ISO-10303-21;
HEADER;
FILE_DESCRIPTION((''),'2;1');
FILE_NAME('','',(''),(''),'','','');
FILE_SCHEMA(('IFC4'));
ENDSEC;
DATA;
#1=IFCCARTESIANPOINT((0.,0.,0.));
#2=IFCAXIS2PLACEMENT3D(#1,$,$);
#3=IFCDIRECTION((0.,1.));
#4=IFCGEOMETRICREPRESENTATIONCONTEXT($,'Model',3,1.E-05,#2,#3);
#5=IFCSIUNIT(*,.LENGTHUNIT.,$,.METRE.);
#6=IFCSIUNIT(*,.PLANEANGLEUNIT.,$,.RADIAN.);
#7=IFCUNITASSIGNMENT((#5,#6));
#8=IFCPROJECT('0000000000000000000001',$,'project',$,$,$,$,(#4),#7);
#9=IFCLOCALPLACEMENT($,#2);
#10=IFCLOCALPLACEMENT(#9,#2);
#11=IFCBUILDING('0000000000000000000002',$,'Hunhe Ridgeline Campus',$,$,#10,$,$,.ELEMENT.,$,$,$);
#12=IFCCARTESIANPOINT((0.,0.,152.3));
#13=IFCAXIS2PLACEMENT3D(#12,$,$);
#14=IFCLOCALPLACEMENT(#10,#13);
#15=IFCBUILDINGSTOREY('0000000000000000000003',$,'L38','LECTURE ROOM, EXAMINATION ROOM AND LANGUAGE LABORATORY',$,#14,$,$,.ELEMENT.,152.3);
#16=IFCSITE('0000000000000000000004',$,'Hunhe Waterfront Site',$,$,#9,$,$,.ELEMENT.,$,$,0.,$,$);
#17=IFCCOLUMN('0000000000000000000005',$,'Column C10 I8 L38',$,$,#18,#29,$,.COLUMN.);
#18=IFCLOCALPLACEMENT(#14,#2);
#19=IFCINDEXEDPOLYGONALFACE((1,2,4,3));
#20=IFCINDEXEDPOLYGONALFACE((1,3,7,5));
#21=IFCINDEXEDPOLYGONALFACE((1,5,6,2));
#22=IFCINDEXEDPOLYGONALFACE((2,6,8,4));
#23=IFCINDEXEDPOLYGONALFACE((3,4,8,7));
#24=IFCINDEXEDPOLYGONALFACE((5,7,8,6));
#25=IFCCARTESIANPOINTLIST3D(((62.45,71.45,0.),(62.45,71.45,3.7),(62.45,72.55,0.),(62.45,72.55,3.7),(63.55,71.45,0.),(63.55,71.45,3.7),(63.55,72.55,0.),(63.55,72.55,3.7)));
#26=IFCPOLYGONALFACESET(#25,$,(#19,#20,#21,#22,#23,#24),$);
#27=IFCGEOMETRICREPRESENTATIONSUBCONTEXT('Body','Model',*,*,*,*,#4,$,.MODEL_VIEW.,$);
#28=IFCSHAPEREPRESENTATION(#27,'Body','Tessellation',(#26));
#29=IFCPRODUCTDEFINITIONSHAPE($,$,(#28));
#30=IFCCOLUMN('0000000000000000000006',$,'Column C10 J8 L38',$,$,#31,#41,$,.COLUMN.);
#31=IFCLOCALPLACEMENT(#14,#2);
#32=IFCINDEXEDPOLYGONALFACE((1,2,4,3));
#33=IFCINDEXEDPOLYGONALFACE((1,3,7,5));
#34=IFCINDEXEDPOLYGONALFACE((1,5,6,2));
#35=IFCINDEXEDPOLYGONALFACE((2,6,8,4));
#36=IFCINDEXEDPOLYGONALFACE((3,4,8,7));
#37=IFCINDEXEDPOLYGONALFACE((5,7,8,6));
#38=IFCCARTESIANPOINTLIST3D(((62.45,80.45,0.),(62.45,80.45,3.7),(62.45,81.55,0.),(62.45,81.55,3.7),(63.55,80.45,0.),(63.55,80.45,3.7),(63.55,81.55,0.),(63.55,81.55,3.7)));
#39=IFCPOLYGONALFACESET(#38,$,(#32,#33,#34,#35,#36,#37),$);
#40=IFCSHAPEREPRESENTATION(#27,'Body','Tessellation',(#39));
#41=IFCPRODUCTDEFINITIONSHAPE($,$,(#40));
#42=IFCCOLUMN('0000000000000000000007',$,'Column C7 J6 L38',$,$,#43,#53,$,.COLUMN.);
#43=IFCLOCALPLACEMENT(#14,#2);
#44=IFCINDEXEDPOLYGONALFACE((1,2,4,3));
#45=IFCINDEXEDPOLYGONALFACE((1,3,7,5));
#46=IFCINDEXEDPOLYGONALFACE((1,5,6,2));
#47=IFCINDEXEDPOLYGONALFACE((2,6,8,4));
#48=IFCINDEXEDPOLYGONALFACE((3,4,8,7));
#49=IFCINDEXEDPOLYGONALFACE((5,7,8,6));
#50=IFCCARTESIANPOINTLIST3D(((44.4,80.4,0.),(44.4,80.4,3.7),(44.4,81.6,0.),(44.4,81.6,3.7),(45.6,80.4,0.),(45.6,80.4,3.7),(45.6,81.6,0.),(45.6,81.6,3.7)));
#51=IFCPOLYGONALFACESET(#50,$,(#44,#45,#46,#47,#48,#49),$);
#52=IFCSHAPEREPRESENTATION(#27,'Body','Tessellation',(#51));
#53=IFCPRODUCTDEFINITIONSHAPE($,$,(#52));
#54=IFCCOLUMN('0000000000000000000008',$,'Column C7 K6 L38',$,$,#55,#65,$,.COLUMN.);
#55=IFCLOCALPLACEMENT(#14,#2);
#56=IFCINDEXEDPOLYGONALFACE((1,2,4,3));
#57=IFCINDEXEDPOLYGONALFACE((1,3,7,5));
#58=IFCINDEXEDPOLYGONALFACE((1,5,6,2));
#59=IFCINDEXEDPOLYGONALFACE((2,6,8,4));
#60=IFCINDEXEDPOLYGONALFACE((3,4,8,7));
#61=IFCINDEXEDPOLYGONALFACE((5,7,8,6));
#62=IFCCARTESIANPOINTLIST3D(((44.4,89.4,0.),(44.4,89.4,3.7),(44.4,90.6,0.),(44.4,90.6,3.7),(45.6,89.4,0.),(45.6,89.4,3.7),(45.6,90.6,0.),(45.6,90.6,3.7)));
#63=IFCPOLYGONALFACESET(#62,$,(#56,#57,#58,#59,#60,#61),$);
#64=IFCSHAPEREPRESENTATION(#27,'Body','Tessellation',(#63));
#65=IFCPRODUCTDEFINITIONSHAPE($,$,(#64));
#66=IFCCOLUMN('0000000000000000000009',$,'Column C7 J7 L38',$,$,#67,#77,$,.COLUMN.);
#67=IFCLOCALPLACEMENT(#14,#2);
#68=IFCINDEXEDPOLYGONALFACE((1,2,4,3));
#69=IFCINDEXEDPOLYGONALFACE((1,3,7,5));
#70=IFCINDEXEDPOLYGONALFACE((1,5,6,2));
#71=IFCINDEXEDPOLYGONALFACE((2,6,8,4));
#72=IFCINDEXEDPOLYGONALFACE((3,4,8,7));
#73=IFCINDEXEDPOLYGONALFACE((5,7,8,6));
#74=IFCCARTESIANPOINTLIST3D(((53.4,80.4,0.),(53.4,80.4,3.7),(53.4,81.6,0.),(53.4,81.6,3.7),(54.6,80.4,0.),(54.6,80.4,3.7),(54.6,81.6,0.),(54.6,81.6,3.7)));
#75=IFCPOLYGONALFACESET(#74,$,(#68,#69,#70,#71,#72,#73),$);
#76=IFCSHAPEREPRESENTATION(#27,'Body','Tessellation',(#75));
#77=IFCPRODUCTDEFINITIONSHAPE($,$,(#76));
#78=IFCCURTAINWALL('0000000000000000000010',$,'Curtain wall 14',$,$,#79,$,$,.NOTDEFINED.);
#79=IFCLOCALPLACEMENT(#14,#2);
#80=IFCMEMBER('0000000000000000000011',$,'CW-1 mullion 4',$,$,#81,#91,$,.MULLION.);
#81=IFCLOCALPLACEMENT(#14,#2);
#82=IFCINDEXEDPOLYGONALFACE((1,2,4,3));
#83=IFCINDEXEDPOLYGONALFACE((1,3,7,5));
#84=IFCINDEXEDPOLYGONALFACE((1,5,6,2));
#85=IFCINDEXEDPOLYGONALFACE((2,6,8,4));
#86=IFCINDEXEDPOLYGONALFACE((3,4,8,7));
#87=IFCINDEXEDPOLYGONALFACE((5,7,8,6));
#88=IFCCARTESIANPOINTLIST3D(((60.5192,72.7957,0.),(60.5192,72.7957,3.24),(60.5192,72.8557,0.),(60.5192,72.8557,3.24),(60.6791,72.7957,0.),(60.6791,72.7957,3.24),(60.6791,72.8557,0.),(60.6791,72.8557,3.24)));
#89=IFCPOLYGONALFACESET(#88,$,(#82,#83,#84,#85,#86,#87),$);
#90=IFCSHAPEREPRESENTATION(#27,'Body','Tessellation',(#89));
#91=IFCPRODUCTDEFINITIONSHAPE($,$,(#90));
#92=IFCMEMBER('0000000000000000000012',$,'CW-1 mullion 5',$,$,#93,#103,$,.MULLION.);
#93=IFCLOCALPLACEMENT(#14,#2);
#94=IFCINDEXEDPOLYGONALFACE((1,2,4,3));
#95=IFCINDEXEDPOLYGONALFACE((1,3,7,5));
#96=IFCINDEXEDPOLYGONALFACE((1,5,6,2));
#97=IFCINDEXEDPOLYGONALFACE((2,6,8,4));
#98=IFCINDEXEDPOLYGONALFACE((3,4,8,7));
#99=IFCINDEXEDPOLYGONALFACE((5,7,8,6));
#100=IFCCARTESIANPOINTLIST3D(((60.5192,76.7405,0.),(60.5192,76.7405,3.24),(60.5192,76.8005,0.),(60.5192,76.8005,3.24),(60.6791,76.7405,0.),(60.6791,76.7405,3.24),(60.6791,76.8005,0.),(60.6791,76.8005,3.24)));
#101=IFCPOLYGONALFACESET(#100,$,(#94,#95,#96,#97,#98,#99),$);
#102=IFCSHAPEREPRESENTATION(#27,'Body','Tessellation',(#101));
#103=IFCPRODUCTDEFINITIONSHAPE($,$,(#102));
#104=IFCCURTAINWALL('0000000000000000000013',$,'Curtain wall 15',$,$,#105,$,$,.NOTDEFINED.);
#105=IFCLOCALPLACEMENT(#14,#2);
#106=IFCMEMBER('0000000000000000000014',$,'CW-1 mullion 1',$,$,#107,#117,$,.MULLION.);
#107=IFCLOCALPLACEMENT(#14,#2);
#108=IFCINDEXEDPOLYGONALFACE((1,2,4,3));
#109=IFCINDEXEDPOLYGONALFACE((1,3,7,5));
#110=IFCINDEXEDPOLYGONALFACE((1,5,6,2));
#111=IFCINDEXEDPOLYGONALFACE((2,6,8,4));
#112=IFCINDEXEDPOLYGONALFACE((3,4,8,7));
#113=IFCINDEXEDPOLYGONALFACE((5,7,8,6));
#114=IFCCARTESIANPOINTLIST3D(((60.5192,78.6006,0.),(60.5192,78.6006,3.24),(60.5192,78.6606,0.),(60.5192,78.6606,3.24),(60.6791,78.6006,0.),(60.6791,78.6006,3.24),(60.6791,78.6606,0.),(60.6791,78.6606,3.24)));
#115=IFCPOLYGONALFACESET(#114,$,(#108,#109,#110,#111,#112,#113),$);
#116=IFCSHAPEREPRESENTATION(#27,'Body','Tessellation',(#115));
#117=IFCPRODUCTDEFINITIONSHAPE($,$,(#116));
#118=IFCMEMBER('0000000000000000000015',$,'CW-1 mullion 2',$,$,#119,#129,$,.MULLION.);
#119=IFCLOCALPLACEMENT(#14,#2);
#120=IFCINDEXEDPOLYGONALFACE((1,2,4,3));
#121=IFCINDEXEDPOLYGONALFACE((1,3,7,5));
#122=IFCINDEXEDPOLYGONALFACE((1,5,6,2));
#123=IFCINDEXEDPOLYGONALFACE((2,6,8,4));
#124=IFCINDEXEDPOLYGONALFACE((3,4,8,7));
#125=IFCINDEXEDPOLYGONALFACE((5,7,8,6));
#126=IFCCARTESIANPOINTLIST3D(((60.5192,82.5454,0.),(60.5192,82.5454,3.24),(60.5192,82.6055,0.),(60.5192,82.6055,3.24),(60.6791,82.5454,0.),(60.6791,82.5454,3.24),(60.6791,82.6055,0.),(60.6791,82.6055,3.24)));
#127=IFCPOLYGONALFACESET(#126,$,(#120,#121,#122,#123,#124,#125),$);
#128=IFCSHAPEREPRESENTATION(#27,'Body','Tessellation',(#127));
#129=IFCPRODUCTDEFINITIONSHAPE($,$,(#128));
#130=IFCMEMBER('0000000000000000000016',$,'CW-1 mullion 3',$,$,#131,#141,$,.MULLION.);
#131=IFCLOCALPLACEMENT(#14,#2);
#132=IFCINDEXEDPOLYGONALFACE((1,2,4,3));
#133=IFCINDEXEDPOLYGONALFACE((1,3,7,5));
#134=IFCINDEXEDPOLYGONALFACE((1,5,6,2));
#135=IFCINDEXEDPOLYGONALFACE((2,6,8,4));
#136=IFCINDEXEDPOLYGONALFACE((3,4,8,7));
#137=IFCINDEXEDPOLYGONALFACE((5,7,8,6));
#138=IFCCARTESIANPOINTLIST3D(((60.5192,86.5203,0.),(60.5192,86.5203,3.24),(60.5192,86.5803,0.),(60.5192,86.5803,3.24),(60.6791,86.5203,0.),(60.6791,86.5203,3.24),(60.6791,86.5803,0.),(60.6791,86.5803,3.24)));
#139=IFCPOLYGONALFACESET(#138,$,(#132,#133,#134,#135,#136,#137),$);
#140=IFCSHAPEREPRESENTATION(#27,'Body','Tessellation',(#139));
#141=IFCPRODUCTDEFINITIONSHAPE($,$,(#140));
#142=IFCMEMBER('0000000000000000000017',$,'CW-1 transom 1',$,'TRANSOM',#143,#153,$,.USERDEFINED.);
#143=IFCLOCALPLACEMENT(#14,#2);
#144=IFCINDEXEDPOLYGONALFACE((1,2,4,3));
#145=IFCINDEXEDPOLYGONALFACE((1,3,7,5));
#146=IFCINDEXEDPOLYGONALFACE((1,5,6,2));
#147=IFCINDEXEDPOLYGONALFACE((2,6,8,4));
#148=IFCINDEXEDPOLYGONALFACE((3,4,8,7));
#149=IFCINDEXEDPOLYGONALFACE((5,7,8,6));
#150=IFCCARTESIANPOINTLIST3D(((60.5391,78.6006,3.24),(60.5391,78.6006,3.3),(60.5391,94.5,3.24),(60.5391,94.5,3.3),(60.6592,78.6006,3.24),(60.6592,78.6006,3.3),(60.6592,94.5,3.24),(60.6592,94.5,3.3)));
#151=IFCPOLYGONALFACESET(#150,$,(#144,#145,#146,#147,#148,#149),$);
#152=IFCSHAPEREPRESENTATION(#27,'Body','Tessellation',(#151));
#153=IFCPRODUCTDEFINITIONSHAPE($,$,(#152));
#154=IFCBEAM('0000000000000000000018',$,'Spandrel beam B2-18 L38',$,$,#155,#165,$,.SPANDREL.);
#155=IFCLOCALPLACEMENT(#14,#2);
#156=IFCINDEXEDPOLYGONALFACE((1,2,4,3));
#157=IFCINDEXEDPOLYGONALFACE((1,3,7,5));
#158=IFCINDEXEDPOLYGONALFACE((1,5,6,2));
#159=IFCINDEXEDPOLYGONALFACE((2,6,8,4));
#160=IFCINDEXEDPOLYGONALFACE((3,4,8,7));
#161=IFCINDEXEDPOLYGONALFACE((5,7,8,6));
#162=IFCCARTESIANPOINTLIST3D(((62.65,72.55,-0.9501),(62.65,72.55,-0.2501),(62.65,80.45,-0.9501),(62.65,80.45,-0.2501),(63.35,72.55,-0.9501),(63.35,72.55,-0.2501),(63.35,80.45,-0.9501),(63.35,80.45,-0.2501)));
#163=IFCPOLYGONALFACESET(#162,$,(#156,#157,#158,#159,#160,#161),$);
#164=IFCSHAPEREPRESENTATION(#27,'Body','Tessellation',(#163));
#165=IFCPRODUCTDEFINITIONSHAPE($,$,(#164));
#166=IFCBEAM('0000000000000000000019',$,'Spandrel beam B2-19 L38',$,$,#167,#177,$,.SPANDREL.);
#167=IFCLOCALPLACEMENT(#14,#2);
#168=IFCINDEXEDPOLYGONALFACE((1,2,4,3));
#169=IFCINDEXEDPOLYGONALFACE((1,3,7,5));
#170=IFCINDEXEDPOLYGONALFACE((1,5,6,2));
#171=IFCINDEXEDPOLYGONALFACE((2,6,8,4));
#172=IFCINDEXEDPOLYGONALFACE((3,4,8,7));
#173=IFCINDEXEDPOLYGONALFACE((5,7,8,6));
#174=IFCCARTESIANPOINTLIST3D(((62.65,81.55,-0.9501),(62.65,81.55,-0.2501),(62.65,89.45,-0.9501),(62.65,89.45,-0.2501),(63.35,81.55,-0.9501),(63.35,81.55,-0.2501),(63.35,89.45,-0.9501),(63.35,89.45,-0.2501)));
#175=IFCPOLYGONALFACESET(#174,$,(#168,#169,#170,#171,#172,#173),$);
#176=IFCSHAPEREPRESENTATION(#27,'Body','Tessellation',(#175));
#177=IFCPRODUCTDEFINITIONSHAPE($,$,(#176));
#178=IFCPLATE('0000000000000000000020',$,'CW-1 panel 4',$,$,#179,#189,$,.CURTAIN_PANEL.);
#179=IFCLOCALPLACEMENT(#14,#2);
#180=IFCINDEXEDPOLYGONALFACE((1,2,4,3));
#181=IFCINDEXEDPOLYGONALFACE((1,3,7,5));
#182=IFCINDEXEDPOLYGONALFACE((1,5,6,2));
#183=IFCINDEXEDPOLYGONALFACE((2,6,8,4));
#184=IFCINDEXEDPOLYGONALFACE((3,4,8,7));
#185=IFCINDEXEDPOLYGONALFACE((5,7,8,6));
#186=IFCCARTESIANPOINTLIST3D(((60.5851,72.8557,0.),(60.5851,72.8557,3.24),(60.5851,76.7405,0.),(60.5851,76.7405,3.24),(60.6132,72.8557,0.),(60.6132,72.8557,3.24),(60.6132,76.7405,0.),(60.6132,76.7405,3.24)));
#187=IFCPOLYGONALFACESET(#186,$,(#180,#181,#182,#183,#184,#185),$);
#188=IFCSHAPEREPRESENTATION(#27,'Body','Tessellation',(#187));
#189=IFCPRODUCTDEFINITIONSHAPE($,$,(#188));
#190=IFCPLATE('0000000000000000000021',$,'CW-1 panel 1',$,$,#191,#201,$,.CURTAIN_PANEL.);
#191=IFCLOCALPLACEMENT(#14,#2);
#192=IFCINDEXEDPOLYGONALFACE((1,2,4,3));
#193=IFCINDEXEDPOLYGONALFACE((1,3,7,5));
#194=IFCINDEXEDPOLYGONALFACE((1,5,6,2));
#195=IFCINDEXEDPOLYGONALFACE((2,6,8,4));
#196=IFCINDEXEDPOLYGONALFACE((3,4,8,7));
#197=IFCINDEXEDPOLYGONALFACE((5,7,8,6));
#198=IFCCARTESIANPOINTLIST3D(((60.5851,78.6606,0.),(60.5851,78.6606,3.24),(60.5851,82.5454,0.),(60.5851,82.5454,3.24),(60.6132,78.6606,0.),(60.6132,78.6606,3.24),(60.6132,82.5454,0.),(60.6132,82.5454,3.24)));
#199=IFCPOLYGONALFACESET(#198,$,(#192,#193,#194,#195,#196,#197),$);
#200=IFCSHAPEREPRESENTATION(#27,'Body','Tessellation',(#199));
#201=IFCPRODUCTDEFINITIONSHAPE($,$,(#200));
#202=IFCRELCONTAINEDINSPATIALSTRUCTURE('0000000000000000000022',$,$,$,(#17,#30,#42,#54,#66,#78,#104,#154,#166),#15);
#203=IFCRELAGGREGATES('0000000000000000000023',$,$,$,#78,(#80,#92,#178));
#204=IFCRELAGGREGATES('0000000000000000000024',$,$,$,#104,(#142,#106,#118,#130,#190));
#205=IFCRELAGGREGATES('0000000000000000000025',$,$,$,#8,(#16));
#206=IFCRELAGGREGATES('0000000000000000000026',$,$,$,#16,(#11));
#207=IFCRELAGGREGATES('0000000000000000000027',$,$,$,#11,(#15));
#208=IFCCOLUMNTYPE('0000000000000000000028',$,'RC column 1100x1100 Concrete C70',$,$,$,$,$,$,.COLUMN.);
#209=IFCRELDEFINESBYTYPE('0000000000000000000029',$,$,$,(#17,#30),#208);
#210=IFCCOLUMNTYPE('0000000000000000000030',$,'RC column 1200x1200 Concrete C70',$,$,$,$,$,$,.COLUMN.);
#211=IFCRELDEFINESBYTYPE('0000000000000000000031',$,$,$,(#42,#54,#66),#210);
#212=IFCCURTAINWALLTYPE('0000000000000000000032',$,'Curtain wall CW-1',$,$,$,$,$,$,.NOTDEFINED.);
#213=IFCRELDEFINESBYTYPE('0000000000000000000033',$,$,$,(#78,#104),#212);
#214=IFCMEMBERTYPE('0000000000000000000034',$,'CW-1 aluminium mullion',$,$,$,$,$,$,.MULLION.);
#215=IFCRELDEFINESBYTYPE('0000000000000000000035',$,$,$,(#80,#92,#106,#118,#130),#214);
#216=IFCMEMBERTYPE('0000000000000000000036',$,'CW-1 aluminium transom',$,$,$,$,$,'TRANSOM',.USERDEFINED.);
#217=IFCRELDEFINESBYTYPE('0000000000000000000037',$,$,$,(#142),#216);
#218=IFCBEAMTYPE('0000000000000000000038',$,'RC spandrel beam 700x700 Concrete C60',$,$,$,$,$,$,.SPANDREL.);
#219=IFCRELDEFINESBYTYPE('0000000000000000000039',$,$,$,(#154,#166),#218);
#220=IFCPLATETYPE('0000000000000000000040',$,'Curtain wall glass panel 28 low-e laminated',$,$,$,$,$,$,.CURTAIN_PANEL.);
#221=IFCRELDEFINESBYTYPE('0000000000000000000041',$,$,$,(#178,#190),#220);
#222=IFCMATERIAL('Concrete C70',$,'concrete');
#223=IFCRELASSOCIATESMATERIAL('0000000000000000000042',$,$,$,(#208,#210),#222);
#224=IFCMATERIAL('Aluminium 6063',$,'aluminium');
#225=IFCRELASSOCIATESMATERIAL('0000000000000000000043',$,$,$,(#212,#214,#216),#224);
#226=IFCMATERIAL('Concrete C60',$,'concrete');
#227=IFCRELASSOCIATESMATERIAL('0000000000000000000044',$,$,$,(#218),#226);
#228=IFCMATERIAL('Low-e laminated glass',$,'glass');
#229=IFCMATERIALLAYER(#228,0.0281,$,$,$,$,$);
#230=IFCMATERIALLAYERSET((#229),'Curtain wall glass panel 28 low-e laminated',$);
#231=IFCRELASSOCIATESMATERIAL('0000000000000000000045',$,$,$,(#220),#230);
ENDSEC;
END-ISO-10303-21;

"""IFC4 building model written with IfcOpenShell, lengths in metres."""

from ifc_helpers import new_model, si_unit, direction, frame, origin, origin_2d, place, context, subcontext, project, spatial, rectangle, extrude, material, layer, layer_set, material_profile, profile_set, type_object, element, aggregate, save


model = new_model("IFC4")

# Units and contexts
model_context = context("Model", 3, precision=1e-05, world=origin(), true_north=direction((0.0, 1.0)))
body_context = subcontext(model_context, "Body", "Model", "MODEL_VIEW")
ifc_project = project(units=[si_unit("LENGTHUNIT", "METRE"), si_unit("PLANEANGLEUNIT", "RADIAN")], contexts=[model_context])

# Site, building, storey
site_placement = place(None, origin())
site = spatial("IfcSite", under=ifc_project, at=site_placement, Name="Hunhe Waterfront Site", CompositionType="ELEMENT", RefElevation=0.0)
building_placement = place(site_placement, origin())
building = spatial("IfcBuilding", under=site, at=building_placement, Name="Hunhe Ridgeline Campus", CompositionType="ELEMENT")
storey_placement = place(building_placement, frame((0.0, 0.0, 152.3)))
storey = spatial("IfcBuildingStorey", under=building, at=storey_placement, Name="L38", Description="LECTURE ROOM, EXAMINATION ROOM AND LANGUAGE LABORATORY", CompositionType="ELEMENT", Elevation=152.3)

# Columns
ifc_material_1 = material(Name="Concrete C70", Category="concrete")
ifc_material_profile_1 = material_profile(ifc_material_1, rectangle(XDim=1.1001, YDim=1.1001, at=origin_2d()))
ifc_profile_set_1 = profile_set([ifc_material_profile_1], Name="Concrete C70")
column_type_1 = type_object("IfcColumnType", Name="RC column 1100x1100 Concrete C70", PredefinedType="COLUMN", material=ifc_profile_set_1)
for number, where, z_axis, x_axis, name in (
    (1, (63.0, 72.0, 0.0), (0.0, 0.0, 1.0), (1.0, 0.0, 0.0), "Column C10 I8 L38"),
    (2, (63.0, 81.0, 0.0), (0.0, 0.0, 1.0), (1.0, 0.0, 0.0), "Column C10 J8 L38"),
):
    element("IfcColumn", number, at=place(storey_placement, frame(where, z_axis=z_axis, x_axis=x_axis)), inside=storey, type_object=column_type_1, Name=name, PredefinedType="COLUMN", context=body_context, shape_type="SweptSolid", body=[
        extrude(rectangle(XDim=1.1001, YDim=1.1001, at=origin_2d()), origin(), (0.0, 0.0, 1.0), 3.7),
    ])
ifc_material_profile_2 = material_profile(ifc_material_1, rectangle(XDim=1.2, YDim=1.2, at=origin_2d()))
ifc_profile_set_2 = profile_set([ifc_material_profile_2], Name="Concrete C70")
column_type_2 = type_object("IfcColumnType", Name="RC column 1200x1200 Concrete C70", PredefinedType="COLUMN", material=ifc_profile_set_2)
for number, where, z_axis, x_axis, name in (
    (3, (45.0, 81.0, 0.0), (0.0, 0.0, 1.0), (1.0, 0.0, 0.0), "Column C7 J6 L38"),
    (4, (45.0, 90.0, 0.0), (0.0, 0.0, 1.0), (1.0, 0.0, 0.0), "Column C7 K6 L38"),
    (5, (54.0, 81.0, 0.0), (0.0, 0.0, 1.0), (1.0, 0.0, 0.0), "Column C7 J7 L38"),
):
    element("IfcColumn", number, at=place(storey_placement, frame(where, z_axis=z_axis, x_axis=x_axis)), inside=storey, type_object=column_type_2, Name=name, PredefinedType="COLUMN", context=body_context, shape_type="SweptSolid", body=[
        extrude(rectangle(XDim=1.2, YDim=1.2, at=origin_2d()), origin(), (0.0, 0.0, 1.0), 3.7),
    ])

# Curtain walls, members
ifc_material_2 = material(Name="Aluminium 6063", Category="aluminium")
curtain_wall_type = type_object("IfcCurtainWallType", Name="Curtain wall CW-1", PredefinedType="NOTDEFINED", material=ifc_material_2)
curtain_wall_1_placement = place(storey_placement, origin())
curtain_wall_1 = element("IfcCurtainWall", 6, at=curtain_wall_1_placement, inside=storey, type_object=curtain_wall_type, Name="Curtain wall 14", PredefinedType="NOTDEFINED")
ifc_material_profile_3 = material_profile(ifc_material_2, rectangle(XDim=0.1599, YDim=0.0601, at=origin_2d()))
ifc_profile_set_3 = profile_set([ifc_material_profile_3], Name="Aluminium 6063")
member_type_1 = type_object("IfcMemberType", Name="CW-1 aluminium mullion", PredefinedType="MULLION", material=ifc_profile_set_3)
member_1_placement = place(storey_placement, frame((60.5991, 72.8257, 0.0), z_axis=(0.0, 0.0, 1.0), x_axis=(-1.0, 0.0, 0.0)))
member_1 = element("IfcMember", 7, at=member_1_placement, type_object=member_type_1, Name="CW-1 mullion 4", PredefinedType="MULLION", context=body_context, shape_type="SweptSolid", body=[
    extrude(rectangle(XDim=0.1599, YDim=0.0601, at=origin_2d()), origin(), (0.0, 0.0, 1.0), 3.24),
])
member_2_placement = place(storey_placement, frame((60.5991, 76.7705, 0.0), z_axis=(0.0, 0.0, 1.0), x_axis=(-1.0, 0.0, 0.0)))
member_2 = element("IfcMember", 8, at=member_2_placement, type_object=member_type_1, Name="CW-1 mullion 5", PredefinedType="MULLION", context=body_context, shape_type="SweptSolid", body=[
    extrude(rectangle(XDim=0.1599, YDim=0.0601, at=origin_2d()), origin(), (0.0, 0.0, 1.0), 3.24),
])
curtain_wall_2_placement = place(storey_placement, origin())
curtain_wall_2 = element("IfcCurtainWall", 9, at=curtain_wall_2_placement, inside=storey, type_object=curtain_wall_type, Name="Curtain wall 15", PredefinedType="NOTDEFINED")
member_3_placement = place(storey_placement, frame((60.5991, 78.6306, 0.0), z_axis=(0.0, 0.0, 1.0), x_axis=(-1.0, 0.0, 0.0)))
member_3 = element("IfcMember", 10, at=member_3_placement, type_object=member_type_1, Name="CW-1 mullion 1", PredefinedType="MULLION", context=body_context, shape_type="SweptSolid", body=[
    extrude(rectangle(XDim=0.1599, YDim=0.0601, at=origin_2d()), origin(), (0.0, 0.0, 1.0), 3.24),
])
member_4_placement = place(storey_placement, frame((60.5991, 82.5754, 0.0), z_axis=(0.0, 0.0, 1.0), x_axis=(-1.0, 0.0, 0.0)))
member_4 = element("IfcMember", 11, at=member_4_placement, type_object=member_type_1, Name="CW-1 mullion 2", PredefinedType="MULLION", context=body_context, shape_type="SweptSolid", body=[
    extrude(rectangle(XDim=0.1599, YDim=0.0601, at=origin_2d()), origin(), (0.0, 0.0, 1.0), 3.24),
])
member_5_placement = place(storey_placement, frame((60.5991, 86.5503, 0.0), z_axis=(0.0, 0.0, 1.0), x_axis=(-1.0, 0.0, 0.0)))
member_5 = element("IfcMember", 12, at=member_5_placement, type_object=member_type_1, Name="CW-1 mullion 3", PredefinedType="MULLION", context=body_context, shape_type="SweptSolid", body=[
    extrude(rectangle(XDim=0.1599, YDim=0.0601, at=origin_2d()), origin(), (0.0, 0.0, 1.0), 3.24),
])
ifc_material_profile_4 = material_profile(ifc_material_2, rectangle(XDim=0.1201, YDim=0.0601, at=origin_2d()))
ifc_profile_set_4 = profile_set([ifc_material_profile_4], Name="Aluminium 6063")
member_type_2 = type_object("IfcMemberType", Name="CW-1 aluminium transom", ElementType="TRANSOM", PredefinedType="USERDEFINED", material=ifc_profile_set_4)
member_6_placement = place(storey_placement, frame((60.5991, 78.6006, 3.27), z_axis=(0.0, 1.0, 0.0), x_axis=(-1.0, 0.0, 0.0)))
member_6 = element("IfcMember", 13, at=member_6_placement, type_object=member_type_2, Name="CW-1 transom 1", ObjectType="TRANSOM", PredefinedType="USERDEFINED", context=body_context, shape_type="SweptSolid", body=[
    extrude(rectangle(XDim=0.1201, YDim=0.0601, at=origin_2d()), origin(), (0.0, 0.0, 1.0), 15.8994),
])

# Beams
ifc_material_3 = material(Name="Concrete C60", Category="concrete")
ifc_material_profile_5 = material_profile(ifc_material_3, rectangle(XDim=0.7, YDim=0.7, at=origin_2d()))
ifc_profile_set_5 = profile_set([ifc_material_profile_5], Name="Concrete C60")
beam_type = type_object("IfcBeamType", Name="RC spandrel beam 700x700 Concrete C60", PredefinedType="SPANDREL", material=ifc_profile_set_5)
for number, where, z_axis, x_axis, name in (
    (14, (63.0, 72.55, -0.6001), (0.0, 1.0, 0.0), (-1.0, 0.0, 0.0), "Spandrel beam B2-18 L38"),
    (15, (63.0, 81.55, -0.6001), (0.0, 1.0, 0.0), (-1.0, 0.0, 0.0), "Spandrel beam B2-19 L38"),
):
    element("IfcBeam", number, at=place(storey_placement, frame(where, z_axis=z_axis, x_axis=x_axis)), inside=storey, type_object=beam_type, Name=name, PredefinedType="SPANDREL", context=body_context, shape_type="SweptSolid", body=[
        extrude(rectangle(XDim=0.7, YDim=0.7, at=origin_2d()), origin(), (0.0, 0.0, 1.0), 7.8999),
    ])

# Plates
ifc_material_4 = material(Name="Low-e laminated glass", Category="glass")
ifc_layer_1 = layer(ifc_material_4, 0.0281)
ifc_layer_set_1 = layer_set([ifc_layer_1], Name="Curtain wall glass panel 28 low-e laminated")
plate_type = type_object("IfcPlateType", Name="Curtain wall glass panel 28 low-e laminated", PredefinedType="CURTAIN_PANEL", material=ifc_layer_set_1)
plate_1_placement = place(storey_placement, frame((60.5991, 74.7981, 0.0), z_axis=(0.0, 0.0, 1.0), x_axis=(0.0, 1.0, 0.0)))
plate_1 = element("IfcPlate", 16, at=plate_1_placement, type_object=plate_type, Name="CW-1 panel 4", PredefinedType="CURTAIN_PANEL", context=body_context, shape_type="SweptSolid", body=[
    extrude(rectangle(XDim=3.8848, YDim=0.0281, at=origin_2d()), origin(), (0.0, 0.0, 1.0), 3.24),
])
aggregate(curtain_wall_1, [member_1, member_2, plate_1])
plate_2_placement = place(storey_placement, frame((60.5991, 80.603, 0.0), z_axis=(0.0, 0.0, 1.0), x_axis=(0.0, 1.0, 0.0)))
plate_2 = element("IfcPlate", 17, at=plate_2_placement, type_object=plate_type, Name="CW-1 panel 1", PredefinedType="CURTAIN_PANEL", context=body_context, shape_type="SweptSolid", body=[
    extrude(rectangle(XDim=3.8848, YDim=0.0281, at=origin_2d()), origin(), (0.0, 0.0, 1.0), 3.24),
])
aggregate(curtain_wall_2, [member_6, member_3, member_4, member_5, plate_2])

save(model, "model.ifc")
